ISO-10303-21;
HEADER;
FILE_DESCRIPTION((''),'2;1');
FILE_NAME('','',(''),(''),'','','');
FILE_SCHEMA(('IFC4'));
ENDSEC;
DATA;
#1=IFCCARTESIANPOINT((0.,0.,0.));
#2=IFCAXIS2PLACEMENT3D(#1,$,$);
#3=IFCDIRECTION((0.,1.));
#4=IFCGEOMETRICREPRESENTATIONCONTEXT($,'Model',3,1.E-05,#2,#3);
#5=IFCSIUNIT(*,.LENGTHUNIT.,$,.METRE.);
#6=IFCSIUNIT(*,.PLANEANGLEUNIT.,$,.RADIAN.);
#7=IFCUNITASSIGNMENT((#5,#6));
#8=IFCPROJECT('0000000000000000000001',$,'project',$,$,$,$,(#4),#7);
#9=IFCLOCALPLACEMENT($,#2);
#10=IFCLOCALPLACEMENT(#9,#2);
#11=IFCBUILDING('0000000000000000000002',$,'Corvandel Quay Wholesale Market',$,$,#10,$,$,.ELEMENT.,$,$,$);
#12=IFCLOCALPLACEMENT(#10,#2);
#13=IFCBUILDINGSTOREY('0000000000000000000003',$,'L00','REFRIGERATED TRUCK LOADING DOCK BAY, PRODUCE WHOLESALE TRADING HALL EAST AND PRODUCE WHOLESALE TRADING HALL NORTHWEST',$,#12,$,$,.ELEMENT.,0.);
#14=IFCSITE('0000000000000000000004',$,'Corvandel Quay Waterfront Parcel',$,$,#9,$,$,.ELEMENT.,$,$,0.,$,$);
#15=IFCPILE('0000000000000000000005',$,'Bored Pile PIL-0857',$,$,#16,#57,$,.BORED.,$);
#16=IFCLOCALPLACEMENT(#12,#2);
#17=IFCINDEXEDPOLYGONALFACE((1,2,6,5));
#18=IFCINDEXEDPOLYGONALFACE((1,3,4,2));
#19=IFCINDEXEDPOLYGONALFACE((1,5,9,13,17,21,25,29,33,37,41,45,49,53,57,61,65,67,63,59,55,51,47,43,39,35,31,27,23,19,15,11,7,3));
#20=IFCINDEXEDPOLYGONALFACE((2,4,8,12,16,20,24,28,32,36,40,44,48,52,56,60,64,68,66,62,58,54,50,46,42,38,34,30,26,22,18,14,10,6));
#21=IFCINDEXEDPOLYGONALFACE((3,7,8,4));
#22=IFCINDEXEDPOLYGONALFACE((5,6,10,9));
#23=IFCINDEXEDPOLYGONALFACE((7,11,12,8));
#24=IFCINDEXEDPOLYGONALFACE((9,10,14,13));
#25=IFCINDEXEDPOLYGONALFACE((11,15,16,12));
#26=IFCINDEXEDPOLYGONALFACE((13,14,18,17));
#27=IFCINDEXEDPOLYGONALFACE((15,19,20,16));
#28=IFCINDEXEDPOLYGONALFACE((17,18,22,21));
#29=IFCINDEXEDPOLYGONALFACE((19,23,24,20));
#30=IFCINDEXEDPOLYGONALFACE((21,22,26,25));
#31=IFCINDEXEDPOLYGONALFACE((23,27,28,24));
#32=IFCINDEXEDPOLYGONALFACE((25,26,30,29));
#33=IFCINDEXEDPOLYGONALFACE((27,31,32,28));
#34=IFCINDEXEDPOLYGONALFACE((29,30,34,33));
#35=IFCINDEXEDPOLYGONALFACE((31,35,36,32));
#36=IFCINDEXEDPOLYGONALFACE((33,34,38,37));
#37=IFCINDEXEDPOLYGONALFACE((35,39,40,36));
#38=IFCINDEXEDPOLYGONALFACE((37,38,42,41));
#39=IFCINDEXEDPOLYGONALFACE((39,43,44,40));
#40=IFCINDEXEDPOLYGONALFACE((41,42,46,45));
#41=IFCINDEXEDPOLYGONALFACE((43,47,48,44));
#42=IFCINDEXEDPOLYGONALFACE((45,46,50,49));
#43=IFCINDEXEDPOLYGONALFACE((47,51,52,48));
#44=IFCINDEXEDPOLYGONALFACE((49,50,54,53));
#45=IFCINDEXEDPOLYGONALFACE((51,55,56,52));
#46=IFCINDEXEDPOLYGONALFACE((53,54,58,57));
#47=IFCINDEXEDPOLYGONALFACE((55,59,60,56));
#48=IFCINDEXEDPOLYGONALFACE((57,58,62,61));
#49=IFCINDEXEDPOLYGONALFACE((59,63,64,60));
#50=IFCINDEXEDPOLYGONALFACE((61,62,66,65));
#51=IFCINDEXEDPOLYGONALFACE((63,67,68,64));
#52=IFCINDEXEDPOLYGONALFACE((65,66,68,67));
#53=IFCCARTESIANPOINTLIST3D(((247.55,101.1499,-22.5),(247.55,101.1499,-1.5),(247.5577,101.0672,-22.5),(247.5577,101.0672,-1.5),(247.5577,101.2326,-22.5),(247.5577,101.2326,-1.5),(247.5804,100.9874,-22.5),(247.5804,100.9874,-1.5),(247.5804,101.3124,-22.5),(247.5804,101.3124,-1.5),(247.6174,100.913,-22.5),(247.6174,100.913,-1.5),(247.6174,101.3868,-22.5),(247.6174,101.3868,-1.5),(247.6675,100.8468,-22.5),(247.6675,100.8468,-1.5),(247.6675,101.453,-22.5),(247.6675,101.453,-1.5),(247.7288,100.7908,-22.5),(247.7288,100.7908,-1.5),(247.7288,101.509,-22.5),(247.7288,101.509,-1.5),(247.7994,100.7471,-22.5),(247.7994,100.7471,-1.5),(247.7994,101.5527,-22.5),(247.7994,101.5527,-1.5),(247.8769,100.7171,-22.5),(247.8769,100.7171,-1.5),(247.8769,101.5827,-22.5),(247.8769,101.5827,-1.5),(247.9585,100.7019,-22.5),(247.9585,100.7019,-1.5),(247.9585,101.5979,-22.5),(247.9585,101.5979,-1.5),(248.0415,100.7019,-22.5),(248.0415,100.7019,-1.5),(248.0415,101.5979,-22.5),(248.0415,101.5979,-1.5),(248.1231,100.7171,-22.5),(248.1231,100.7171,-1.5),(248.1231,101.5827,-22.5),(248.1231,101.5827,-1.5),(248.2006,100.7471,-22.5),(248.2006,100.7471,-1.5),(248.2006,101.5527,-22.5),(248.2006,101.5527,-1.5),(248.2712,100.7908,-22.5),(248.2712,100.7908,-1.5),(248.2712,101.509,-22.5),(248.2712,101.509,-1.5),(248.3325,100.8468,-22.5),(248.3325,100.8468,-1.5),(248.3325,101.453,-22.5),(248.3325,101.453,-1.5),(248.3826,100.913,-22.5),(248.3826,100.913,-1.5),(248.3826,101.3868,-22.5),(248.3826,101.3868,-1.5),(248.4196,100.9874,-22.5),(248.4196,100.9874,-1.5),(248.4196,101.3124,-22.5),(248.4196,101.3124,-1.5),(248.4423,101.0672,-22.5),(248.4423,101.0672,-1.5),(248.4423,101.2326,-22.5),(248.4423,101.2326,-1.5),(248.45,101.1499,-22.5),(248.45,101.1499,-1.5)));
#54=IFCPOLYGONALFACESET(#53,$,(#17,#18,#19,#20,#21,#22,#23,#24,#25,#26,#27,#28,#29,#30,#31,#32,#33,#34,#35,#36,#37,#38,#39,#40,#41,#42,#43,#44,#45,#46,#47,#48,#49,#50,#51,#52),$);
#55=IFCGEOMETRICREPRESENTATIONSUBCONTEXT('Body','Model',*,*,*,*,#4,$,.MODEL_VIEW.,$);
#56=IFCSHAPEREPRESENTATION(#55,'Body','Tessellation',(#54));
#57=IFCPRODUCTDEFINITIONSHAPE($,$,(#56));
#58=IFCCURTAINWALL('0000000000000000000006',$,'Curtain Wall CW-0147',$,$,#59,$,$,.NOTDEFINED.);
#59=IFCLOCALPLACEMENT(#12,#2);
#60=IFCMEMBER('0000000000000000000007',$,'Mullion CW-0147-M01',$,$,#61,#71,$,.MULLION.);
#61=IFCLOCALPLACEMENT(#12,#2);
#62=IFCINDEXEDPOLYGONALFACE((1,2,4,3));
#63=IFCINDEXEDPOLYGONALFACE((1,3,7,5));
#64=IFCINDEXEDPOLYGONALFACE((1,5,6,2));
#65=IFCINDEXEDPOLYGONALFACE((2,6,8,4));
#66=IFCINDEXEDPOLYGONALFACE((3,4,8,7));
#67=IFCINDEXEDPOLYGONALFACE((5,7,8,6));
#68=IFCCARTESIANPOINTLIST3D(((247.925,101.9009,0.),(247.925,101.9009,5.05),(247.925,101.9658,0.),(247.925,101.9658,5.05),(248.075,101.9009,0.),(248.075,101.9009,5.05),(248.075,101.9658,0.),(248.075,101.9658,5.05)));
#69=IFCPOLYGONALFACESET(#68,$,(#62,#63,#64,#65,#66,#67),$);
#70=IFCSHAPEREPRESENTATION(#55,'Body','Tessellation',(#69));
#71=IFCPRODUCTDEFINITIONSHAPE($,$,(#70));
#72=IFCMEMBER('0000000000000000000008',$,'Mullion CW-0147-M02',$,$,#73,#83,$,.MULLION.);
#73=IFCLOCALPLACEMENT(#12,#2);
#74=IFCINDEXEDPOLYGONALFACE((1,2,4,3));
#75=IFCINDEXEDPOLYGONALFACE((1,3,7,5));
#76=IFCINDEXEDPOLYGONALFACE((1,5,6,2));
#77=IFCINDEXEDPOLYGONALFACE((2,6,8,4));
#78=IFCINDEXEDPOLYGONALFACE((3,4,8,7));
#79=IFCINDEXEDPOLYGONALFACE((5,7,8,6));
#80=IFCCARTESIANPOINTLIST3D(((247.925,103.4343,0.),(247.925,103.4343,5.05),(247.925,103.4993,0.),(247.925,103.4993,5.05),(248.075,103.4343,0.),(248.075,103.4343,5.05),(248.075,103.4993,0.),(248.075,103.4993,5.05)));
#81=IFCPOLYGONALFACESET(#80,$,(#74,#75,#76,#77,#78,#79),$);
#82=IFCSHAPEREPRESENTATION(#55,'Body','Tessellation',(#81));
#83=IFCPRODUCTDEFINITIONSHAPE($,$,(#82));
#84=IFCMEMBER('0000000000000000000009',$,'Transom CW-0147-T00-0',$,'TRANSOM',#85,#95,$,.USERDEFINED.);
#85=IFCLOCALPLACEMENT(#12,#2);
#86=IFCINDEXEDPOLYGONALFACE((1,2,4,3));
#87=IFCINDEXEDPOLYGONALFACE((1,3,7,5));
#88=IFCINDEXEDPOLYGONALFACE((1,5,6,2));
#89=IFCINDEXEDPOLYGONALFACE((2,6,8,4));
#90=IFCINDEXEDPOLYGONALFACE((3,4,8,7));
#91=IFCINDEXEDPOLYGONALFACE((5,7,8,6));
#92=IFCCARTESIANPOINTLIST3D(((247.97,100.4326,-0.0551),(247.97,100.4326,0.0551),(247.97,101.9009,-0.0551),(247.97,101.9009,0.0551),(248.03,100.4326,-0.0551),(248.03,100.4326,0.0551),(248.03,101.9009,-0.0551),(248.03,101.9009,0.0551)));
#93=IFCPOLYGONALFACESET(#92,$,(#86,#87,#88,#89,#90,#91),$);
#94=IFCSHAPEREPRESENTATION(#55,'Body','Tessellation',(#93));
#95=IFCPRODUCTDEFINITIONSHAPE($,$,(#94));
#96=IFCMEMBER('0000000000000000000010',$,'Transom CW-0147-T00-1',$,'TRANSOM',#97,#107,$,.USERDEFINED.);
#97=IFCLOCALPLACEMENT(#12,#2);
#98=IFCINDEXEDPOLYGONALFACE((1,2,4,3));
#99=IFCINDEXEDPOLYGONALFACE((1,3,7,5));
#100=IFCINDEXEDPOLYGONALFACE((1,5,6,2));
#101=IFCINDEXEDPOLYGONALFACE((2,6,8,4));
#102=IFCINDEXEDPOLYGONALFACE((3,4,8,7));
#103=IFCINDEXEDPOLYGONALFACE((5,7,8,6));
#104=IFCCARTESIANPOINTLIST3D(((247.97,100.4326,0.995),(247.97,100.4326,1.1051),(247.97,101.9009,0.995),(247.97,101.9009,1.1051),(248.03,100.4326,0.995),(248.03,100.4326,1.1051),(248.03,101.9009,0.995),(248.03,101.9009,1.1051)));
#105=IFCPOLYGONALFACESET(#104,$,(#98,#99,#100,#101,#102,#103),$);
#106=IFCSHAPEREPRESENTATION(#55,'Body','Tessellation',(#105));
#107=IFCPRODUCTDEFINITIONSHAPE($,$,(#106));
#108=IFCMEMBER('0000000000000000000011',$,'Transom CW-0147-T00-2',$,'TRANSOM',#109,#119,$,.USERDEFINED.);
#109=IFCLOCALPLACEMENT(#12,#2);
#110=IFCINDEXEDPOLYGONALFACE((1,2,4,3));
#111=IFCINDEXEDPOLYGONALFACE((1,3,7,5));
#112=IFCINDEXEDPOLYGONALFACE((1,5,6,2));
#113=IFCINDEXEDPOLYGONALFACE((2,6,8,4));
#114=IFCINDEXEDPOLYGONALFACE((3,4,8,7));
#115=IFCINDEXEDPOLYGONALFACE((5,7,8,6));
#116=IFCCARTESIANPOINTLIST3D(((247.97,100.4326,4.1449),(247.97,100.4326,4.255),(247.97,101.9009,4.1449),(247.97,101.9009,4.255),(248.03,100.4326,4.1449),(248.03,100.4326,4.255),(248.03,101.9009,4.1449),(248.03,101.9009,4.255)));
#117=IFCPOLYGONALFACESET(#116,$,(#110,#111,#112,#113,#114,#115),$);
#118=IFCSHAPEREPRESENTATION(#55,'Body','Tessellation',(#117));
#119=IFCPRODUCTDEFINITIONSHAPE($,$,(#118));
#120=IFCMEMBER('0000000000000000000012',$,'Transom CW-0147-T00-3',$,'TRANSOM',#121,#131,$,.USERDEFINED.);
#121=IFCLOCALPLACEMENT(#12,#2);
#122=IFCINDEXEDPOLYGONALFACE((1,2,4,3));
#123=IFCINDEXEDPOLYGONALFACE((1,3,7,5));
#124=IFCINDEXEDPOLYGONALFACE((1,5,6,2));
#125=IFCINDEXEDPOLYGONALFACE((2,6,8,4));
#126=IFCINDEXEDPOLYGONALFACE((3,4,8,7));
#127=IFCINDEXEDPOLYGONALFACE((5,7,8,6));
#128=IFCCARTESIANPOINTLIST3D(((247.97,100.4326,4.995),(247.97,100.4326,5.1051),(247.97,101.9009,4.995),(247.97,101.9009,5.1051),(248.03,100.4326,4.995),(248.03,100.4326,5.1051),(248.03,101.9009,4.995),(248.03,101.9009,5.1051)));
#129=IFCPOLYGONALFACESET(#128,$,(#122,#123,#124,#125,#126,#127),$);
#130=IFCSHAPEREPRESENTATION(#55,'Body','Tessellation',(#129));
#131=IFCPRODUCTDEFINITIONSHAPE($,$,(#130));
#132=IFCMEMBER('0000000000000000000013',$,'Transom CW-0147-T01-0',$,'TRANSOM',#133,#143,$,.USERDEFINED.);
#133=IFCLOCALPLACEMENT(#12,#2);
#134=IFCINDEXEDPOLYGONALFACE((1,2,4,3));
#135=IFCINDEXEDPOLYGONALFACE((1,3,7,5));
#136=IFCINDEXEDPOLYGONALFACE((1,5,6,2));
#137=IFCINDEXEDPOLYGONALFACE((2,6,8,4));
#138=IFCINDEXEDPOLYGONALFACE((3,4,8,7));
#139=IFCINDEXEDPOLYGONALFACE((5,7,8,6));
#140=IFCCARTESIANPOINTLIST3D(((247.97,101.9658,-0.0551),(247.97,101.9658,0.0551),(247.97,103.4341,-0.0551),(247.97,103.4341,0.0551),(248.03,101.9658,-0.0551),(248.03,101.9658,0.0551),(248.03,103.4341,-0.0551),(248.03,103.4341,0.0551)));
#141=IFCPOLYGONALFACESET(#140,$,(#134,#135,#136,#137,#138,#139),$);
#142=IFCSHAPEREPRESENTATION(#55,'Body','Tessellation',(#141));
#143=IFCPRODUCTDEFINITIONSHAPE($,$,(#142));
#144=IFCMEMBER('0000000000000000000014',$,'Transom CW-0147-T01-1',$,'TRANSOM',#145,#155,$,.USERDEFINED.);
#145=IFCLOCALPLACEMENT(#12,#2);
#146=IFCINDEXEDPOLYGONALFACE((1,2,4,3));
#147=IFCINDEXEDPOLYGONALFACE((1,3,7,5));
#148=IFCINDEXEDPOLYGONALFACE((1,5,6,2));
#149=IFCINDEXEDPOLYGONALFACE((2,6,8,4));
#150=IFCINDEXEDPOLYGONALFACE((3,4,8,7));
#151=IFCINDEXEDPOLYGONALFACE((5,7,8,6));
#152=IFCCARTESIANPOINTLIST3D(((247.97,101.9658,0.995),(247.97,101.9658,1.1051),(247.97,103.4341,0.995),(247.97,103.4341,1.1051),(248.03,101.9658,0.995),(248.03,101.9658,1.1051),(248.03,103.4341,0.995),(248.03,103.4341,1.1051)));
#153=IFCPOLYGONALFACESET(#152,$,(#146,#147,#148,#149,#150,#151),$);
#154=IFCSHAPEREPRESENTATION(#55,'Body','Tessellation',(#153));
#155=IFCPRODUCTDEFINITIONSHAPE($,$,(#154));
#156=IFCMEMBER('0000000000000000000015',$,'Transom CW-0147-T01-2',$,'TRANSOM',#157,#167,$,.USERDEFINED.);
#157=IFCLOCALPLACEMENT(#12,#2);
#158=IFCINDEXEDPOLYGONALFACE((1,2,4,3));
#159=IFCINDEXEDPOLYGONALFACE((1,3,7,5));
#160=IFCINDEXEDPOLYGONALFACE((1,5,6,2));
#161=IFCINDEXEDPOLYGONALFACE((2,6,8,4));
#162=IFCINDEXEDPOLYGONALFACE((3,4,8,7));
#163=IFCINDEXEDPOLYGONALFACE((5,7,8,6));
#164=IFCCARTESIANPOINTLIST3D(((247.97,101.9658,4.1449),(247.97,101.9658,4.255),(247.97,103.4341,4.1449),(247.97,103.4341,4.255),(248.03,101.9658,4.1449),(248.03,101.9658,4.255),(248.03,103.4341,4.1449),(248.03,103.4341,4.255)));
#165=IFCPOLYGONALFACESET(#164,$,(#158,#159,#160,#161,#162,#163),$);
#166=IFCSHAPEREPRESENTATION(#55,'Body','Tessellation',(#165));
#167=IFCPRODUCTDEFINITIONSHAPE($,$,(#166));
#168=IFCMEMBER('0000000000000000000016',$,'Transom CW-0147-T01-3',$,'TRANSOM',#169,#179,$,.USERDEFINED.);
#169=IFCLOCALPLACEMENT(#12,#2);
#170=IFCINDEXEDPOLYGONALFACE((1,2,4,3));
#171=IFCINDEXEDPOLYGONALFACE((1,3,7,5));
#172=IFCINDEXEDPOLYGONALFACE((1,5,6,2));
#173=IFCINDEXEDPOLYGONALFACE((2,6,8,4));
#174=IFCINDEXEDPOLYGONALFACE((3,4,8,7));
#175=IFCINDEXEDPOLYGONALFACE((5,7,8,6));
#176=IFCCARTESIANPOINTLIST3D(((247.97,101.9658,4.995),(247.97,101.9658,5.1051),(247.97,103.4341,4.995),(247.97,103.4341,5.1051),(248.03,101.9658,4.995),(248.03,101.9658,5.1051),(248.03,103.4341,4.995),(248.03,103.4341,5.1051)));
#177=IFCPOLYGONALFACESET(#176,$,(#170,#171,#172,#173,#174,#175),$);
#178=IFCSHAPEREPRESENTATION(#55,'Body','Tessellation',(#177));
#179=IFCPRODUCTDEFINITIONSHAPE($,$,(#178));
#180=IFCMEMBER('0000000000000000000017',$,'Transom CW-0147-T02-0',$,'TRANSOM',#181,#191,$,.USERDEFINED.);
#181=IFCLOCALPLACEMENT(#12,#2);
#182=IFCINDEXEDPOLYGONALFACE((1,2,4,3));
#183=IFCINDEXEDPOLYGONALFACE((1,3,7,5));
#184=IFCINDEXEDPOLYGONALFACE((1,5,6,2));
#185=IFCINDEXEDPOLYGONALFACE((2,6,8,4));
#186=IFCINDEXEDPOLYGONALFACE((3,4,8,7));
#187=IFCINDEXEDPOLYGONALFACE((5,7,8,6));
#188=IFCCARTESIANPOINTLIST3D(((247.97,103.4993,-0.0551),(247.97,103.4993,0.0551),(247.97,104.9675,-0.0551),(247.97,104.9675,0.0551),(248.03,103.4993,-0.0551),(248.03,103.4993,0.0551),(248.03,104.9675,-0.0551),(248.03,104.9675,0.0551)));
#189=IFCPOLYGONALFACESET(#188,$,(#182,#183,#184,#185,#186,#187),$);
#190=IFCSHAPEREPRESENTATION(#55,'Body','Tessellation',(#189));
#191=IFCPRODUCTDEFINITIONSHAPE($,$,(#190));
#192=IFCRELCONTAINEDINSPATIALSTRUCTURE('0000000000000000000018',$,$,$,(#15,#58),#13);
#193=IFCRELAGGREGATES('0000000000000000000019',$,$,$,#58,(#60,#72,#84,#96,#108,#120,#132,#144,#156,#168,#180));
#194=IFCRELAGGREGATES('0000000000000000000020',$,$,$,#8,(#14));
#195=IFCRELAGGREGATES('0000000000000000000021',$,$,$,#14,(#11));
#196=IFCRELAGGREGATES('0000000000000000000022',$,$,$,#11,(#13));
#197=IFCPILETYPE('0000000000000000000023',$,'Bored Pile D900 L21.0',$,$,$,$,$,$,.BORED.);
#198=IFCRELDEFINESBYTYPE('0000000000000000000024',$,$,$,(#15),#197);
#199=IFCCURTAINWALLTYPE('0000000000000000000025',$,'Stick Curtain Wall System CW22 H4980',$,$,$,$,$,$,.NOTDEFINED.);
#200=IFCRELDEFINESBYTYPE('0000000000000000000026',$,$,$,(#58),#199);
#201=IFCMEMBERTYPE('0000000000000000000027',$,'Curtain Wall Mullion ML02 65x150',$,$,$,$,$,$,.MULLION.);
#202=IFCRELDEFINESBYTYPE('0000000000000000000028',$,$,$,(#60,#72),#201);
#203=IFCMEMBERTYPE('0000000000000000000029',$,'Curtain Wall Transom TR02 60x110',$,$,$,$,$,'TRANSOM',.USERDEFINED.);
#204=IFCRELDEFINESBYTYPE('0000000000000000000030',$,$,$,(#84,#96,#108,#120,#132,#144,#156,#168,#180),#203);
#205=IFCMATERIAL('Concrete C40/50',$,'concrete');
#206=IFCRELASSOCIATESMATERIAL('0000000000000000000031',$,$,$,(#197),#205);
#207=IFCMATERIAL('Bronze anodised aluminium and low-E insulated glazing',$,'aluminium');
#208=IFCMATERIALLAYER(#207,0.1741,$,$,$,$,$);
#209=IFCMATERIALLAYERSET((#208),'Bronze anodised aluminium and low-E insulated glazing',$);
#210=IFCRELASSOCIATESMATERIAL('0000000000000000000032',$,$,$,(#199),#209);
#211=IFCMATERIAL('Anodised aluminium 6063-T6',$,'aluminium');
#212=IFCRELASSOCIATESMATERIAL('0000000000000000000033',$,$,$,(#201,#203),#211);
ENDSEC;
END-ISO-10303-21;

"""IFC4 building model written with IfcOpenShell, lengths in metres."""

from ifc_helpers import new_model, si_unit, direction, frame, origin, origin_2d, place, context, subcontext, project, spatial, rectangle, circle, extrude, material, layer, layer_set, material_profile, profile_set, type_object, element, aggregate, save


model = new_model("IFC4")

# Units and contexts
model_context = context("Model", 3, precision=1e-05, world=origin(), true_north=direction((0.0, 1.0)))
body_context = subcontext(model_context, "Body", "Model", "MODEL_VIEW")
ifc_project = project(units=[si_unit("LENGTHUNIT", "METRE"), si_unit("PLANEANGLEUNIT", "RADIAN")], contexts=[model_context])

# Site, building, storey
site_placement = place(None, origin())
site = spatial("IfcSite", under=ifc_project, at=site_placement, Name="Corvandel Quay Waterfront Parcel", CompositionType="ELEMENT", RefElevation=0.0)
building_placement = place(site_placement, origin())
building = spatial("IfcBuilding", under=site, at=building_placement, Name="Corvandel Quay Wholesale Market", CompositionType="ELEMENT")
storey_placement = place(building_placement, origin())
storey = spatial("IfcBuildingStorey", under=building, at=storey_placement, Name="L00", Description="REFRIGERATED TRUCK LOADING DOCK BAY, PRODUCE WHOLESALE TRADING HALL EAST AND PRODUCE WHOLESALE TRADING HALL NORTHWEST", CompositionType="ELEMENT", Elevation=0.0)

# Pile
ifc_material_1 = material(Name="Concrete C40/50", Category="concrete")
ifc_material_profile_1 = material_profile(ifc_material_1, circle(Radius=0.45, at=origin_2d()), Name="RC-PILE-D900")
ifc_profile_set_1 = profile_set([ifc_material_profile_1], Name="Concrete C40/50")
pile_type = type_object("IfcPileType", Name="Bored Pile D900 L21.0", PredefinedType="BORED", material=ifc_profile_set_1)
pile_placement = place(storey_placement, frame((248.0, 101.1499, -1.5), z_axis=(0.0, 0.0, -1.0), x_axis=(1.0, 0.0, 0.0)))
element("IfcPile", 1, at=pile_placement, inside=storey, type_object=pile_type, Name="Bored Pile PIL-0857", PredefinedType="BORED", context=body_context, shape_type="SweptSolid", body=[
    extrude(circle(Radius=0.45, at=origin_2d()), origin(), (0.0, 0.0, 1.0), 21.0),
])

# Curtain wall, members
ifc_material_2 = material(Name="Bronze anodised aluminium and low-E insulated glazing", Category="aluminium")
ifc_layer_1 = layer(ifc_material_2, 0.1741)
ifc_layer_set_1 = layer_set([ifc_layer_1], Name="Bronze anodised aluminium and low-E insulated glazing")
curtain_wall_type = type_object("IfcCurtainWallType", Name="Stick Curtain Wall System CW22 H4980", PredefinedType="NOTDEFINED", material=ifc_layer_set_1)
curtain_wall_placement = place(storey_placement, origin())
curtain_wall = element("IfcCurtainWall", 2, at=curtain_wall_placement, inside=storey, type_object=curtain_wall_type, Name="Curtain Wall CW-0147", PredefinedType="NOTDEFINED")
ifc_material_3 = material(Name="Anodised aluminium 6063-T6", Category="aluminium")
ifc_material_profile_2 = material_profile(ifc_material_3, rectangle(XDim=0.0649, YDim=0.1499, at=origin_2d()), Name="ALU-MUL-65x150")
ifc_profile_set_2 = profile_set([ifc_material_profile_2], Name="Anodised aluminium 6063-T6")
member_type_1 = type_object("IfcMemberType", Name="Curtain Wall Mullion ML02 65x150", PredefinedType="MULLION", material=ifc_profile_set_2)
member_1_placement = place(storey_placement, frame((248.0, 101.9333, 0.0), z_axis=(0.0, 0.0, 1.0), x_axis=(0.0, 1.0, 0.0)))
member_1 = element("IfcMember", 3, at=member_1_placement, type_object=member_type_1, Name="Mullion CW-0147-M01", PredefinedType="MULLION", context=body_context, shape_type="SweptSolid", body=[
    extrude(rectangle(XDim=0.0649, YDim=0.1499, at=origin_2d()), origin(), (0.0, 0.0, 1.0), 5.05),
])
member_2_placement = place(storey_placement, frame((248.0, 103.4668, 0.0), z_axis=(0.0, 0.0, 1.0), x_axis=(0.0, 1.0, 0.0)))
member_2 = element("IfcMember", 4, at=member_2_placement, type_object=member_type_1, Name="Mullion CW-0147-M02", PredefinedType="MULLION", context=body_context, shape_type="SweptSolid", body=[
    extrude(rectangle(XDim=0.0649, YDim=0.1499, at=origin_2d()), origin(), (0.0, 0.0, 1.0), 5.05),
])
ifc_material_profile_3 = material_profile(ifc_material_3, rectangle(XDim=0.0601, YDim=0.1101, at=origin_2d()), Name="ALU-TRN-60x110")
ifc_profile_set_3 = profile_set([ifc_material_profile_3], Name="Anodised aluminium 6063-T6")
member_type_2 = type_object("IfcMemberType", Name="Curtain Wall Transom TR02 60x110", ElementType="TRANSOM", PredefinedType="USERDEFINED", material=ifc_profile_set_3)
member_3_placement = place(storey_placement, frame((248.0, 100.4326, 0.0), z_axis=(0.0, 1.0, 0.0), x_axis=(-1.0, 0.0, 0.0)))
member_3 = element("IfcMember", 5, at=member_3_placement, type_object=member_type_2, Name="Transom CW-0147-T00-0", ObjectType="TRANSOM", PredefinedType="USERDEFINED", context=body_context, shape_type="SweptSolid", body=[
    extrude(rectangle(XDim=0.0601, YDim=0.1101, at=origin_2d()), origin(), (0.0, 0.0, 1.0), 1.4683),
])
member_4_placement = place(storey_placement, frame((248.0, 100.4326, 1.05), z_axis=(0.0, 1.0, 0.0), x_axis=(-1.0, 0.0, 0.0)))
member_4 = element("IfcMember", 6, at=member_4_placement, type_object=member_type_2, Name="Transom CW-0147-T00-1", ObjectType="TRANSOM", PredefinedType="USERDEFINED", context=body_context, shape_type="SweptSolid", body=[
    extrude(rectangle(XDim=0.0601, YDim=0.1101, at=origin_2d()), origin(), (0.0, 0.0, 1.0), 1.4683),
])
member_5_placement = place(storey_placement, frame((248.0, 100.4326, 4.2), z_axis=(0.0, 1.0, 0.0), x_axis=(-1.0, 0.0, 0.0)))
member_5 = element("IfcMember", 7, at=member_5_placement, type_object=member_type_2, Name="Transom CW-0147-T00-2", ObjectType="TRANSOM", PredefinedType="USERDEFINED", context=body_context, shape_type="SweptSolid", body=[
    extrude(rectangle(XDim=0.0601, YDim=0.1101, at=origin_2d()), origin(), (0.0, 0.0, 1.0), 1.4683),
])
member_6_placement = place(storey_placement, frame((248.0, 100.4326, 5.05), z_axis=(0.0, 1.0, 0.0), x_axis=(-1.0, 0.0, 0.0)))
member_6 = element("IfcMember", 8, at=member_6_placement, type_object=member_type_2, Name="Transom CW-0147-T00-3", ObjectType="TRANSOM", PredefinedType="USERDEFINED", context=body_context, shape_type="SweptSolid", body=[
    extrude(rectangle(XDim=0.0601, YDim=0.1101, at=origin_2d()), origin(), (0.0, 0.0, 1.0), 1.4683),
])
member_7_placement = place(storey_placement, frame((248.0, 101.9658, 0.0), z_axis=(0.0, 1.0, 0.0), x_axis=(-1.0, 0.0, 0.0)))
member_7 = element("IfcMember", 9, at=member_7_placement, type_object=member_type_2, Name="Transom CW-0147-T01-0", ObjectType="TRANSOM", PredefinedType="USERDEFINED", context=body_context, shape_type="SweptSolid", body=[
    extrude(rectangle(XDim=0.0601, YDim=0.1101, at=origin_2d()), origin(), (0.0, 0.0, 1.0), 1.4683),
])
member_8_placement = place(storey_placement, frame((248.0, 101.9658, 1.05), z_axis=(0.0, 1.0, 0.0), x_axis=(-1.0, 0.0, 0.0)))
member_8 = element("IfcMember", 10, at=member_8_placement, type_object=member_type_2, Name="Transom CW-0147-T01-1", ObjectType="TRANSOM", PredefinedType="USERDEFINED", context=body_context, shape_type="SweptSolid", body=[
    extrude(rectangle(XDim=0.0601, YDim=0.1101, at=origin_2d()), origin(), (0.0, 0.0, 1.0), 1.4683),
])
member_9_placement = place(storey_placement, frame((248.0, 101.9658, 4.2), z_axis=(0.0, 1.0, 0.0), x_axis=(-1.0, 0.0, 0.0)))
member_9 = element("IfcMember", 11, at=member_9_placement, type_object=member_type_2, Name="Transom CW-0147-T01-2", ObjectType="TRANSOM", PredefinedType="USERDEFINED", context=body_context, shape_type="SweptSolid", body=[
    extrude(rectangle(XDim=0.0601, YDim=0.1101, at=origin_2d()), origin(), (0.0, 0.0, 1.0), 1.4683),
])
member_10_placement = place(storey_placement, frame((248.0, 101.9658, 5.05), z_axis=(0.0, 1.0, 0.0), x_axis=(-1.0, 0.0, 0.0)))
member_10 = element("IfcMember", 12, at=member_10_placement, type_object=member_type_2, Name="Transom CW-0147-T01-3", ObjectType="TRANSOM", PredefinedType="USERDEFINED", context=body_context, shape_type="SweptSolid", body=[
    extrude(rectangle(XDim=0.0601, YDim=0.1101, at=origin_2d()), origin(), (0.0, 0.0, 1.0), 1.4683),
])
member_11_placement = place(storey_placement, frame((248.0, 103.4993, 0.0), z_axis=(0.0, 1.0, 0.0), x_axis=(-1.0, 0.0, 0.0)))
member_11 = element("IfcMember", 13, at=member_11_placement, type_object=member_type_2, Name="Transom CW-0147-T02-0", ObjectType="TRANSOM", PredefinedType="USERDEFINED", context=body_context, shape_type="SweptSolid", body=[
    extrude(rectangle(XDim=0.0601, YDim=0.1101, at=origin_2d()), origin(), (0.0, 0.0, 1.0), 1.4683),
])
aggregate(curtain_wall, [member_1, member_2, member_3, member_4, member_5, member_6, member_7, member_8, member_9, member_10, member_11])

save(model, "model.ifc")
